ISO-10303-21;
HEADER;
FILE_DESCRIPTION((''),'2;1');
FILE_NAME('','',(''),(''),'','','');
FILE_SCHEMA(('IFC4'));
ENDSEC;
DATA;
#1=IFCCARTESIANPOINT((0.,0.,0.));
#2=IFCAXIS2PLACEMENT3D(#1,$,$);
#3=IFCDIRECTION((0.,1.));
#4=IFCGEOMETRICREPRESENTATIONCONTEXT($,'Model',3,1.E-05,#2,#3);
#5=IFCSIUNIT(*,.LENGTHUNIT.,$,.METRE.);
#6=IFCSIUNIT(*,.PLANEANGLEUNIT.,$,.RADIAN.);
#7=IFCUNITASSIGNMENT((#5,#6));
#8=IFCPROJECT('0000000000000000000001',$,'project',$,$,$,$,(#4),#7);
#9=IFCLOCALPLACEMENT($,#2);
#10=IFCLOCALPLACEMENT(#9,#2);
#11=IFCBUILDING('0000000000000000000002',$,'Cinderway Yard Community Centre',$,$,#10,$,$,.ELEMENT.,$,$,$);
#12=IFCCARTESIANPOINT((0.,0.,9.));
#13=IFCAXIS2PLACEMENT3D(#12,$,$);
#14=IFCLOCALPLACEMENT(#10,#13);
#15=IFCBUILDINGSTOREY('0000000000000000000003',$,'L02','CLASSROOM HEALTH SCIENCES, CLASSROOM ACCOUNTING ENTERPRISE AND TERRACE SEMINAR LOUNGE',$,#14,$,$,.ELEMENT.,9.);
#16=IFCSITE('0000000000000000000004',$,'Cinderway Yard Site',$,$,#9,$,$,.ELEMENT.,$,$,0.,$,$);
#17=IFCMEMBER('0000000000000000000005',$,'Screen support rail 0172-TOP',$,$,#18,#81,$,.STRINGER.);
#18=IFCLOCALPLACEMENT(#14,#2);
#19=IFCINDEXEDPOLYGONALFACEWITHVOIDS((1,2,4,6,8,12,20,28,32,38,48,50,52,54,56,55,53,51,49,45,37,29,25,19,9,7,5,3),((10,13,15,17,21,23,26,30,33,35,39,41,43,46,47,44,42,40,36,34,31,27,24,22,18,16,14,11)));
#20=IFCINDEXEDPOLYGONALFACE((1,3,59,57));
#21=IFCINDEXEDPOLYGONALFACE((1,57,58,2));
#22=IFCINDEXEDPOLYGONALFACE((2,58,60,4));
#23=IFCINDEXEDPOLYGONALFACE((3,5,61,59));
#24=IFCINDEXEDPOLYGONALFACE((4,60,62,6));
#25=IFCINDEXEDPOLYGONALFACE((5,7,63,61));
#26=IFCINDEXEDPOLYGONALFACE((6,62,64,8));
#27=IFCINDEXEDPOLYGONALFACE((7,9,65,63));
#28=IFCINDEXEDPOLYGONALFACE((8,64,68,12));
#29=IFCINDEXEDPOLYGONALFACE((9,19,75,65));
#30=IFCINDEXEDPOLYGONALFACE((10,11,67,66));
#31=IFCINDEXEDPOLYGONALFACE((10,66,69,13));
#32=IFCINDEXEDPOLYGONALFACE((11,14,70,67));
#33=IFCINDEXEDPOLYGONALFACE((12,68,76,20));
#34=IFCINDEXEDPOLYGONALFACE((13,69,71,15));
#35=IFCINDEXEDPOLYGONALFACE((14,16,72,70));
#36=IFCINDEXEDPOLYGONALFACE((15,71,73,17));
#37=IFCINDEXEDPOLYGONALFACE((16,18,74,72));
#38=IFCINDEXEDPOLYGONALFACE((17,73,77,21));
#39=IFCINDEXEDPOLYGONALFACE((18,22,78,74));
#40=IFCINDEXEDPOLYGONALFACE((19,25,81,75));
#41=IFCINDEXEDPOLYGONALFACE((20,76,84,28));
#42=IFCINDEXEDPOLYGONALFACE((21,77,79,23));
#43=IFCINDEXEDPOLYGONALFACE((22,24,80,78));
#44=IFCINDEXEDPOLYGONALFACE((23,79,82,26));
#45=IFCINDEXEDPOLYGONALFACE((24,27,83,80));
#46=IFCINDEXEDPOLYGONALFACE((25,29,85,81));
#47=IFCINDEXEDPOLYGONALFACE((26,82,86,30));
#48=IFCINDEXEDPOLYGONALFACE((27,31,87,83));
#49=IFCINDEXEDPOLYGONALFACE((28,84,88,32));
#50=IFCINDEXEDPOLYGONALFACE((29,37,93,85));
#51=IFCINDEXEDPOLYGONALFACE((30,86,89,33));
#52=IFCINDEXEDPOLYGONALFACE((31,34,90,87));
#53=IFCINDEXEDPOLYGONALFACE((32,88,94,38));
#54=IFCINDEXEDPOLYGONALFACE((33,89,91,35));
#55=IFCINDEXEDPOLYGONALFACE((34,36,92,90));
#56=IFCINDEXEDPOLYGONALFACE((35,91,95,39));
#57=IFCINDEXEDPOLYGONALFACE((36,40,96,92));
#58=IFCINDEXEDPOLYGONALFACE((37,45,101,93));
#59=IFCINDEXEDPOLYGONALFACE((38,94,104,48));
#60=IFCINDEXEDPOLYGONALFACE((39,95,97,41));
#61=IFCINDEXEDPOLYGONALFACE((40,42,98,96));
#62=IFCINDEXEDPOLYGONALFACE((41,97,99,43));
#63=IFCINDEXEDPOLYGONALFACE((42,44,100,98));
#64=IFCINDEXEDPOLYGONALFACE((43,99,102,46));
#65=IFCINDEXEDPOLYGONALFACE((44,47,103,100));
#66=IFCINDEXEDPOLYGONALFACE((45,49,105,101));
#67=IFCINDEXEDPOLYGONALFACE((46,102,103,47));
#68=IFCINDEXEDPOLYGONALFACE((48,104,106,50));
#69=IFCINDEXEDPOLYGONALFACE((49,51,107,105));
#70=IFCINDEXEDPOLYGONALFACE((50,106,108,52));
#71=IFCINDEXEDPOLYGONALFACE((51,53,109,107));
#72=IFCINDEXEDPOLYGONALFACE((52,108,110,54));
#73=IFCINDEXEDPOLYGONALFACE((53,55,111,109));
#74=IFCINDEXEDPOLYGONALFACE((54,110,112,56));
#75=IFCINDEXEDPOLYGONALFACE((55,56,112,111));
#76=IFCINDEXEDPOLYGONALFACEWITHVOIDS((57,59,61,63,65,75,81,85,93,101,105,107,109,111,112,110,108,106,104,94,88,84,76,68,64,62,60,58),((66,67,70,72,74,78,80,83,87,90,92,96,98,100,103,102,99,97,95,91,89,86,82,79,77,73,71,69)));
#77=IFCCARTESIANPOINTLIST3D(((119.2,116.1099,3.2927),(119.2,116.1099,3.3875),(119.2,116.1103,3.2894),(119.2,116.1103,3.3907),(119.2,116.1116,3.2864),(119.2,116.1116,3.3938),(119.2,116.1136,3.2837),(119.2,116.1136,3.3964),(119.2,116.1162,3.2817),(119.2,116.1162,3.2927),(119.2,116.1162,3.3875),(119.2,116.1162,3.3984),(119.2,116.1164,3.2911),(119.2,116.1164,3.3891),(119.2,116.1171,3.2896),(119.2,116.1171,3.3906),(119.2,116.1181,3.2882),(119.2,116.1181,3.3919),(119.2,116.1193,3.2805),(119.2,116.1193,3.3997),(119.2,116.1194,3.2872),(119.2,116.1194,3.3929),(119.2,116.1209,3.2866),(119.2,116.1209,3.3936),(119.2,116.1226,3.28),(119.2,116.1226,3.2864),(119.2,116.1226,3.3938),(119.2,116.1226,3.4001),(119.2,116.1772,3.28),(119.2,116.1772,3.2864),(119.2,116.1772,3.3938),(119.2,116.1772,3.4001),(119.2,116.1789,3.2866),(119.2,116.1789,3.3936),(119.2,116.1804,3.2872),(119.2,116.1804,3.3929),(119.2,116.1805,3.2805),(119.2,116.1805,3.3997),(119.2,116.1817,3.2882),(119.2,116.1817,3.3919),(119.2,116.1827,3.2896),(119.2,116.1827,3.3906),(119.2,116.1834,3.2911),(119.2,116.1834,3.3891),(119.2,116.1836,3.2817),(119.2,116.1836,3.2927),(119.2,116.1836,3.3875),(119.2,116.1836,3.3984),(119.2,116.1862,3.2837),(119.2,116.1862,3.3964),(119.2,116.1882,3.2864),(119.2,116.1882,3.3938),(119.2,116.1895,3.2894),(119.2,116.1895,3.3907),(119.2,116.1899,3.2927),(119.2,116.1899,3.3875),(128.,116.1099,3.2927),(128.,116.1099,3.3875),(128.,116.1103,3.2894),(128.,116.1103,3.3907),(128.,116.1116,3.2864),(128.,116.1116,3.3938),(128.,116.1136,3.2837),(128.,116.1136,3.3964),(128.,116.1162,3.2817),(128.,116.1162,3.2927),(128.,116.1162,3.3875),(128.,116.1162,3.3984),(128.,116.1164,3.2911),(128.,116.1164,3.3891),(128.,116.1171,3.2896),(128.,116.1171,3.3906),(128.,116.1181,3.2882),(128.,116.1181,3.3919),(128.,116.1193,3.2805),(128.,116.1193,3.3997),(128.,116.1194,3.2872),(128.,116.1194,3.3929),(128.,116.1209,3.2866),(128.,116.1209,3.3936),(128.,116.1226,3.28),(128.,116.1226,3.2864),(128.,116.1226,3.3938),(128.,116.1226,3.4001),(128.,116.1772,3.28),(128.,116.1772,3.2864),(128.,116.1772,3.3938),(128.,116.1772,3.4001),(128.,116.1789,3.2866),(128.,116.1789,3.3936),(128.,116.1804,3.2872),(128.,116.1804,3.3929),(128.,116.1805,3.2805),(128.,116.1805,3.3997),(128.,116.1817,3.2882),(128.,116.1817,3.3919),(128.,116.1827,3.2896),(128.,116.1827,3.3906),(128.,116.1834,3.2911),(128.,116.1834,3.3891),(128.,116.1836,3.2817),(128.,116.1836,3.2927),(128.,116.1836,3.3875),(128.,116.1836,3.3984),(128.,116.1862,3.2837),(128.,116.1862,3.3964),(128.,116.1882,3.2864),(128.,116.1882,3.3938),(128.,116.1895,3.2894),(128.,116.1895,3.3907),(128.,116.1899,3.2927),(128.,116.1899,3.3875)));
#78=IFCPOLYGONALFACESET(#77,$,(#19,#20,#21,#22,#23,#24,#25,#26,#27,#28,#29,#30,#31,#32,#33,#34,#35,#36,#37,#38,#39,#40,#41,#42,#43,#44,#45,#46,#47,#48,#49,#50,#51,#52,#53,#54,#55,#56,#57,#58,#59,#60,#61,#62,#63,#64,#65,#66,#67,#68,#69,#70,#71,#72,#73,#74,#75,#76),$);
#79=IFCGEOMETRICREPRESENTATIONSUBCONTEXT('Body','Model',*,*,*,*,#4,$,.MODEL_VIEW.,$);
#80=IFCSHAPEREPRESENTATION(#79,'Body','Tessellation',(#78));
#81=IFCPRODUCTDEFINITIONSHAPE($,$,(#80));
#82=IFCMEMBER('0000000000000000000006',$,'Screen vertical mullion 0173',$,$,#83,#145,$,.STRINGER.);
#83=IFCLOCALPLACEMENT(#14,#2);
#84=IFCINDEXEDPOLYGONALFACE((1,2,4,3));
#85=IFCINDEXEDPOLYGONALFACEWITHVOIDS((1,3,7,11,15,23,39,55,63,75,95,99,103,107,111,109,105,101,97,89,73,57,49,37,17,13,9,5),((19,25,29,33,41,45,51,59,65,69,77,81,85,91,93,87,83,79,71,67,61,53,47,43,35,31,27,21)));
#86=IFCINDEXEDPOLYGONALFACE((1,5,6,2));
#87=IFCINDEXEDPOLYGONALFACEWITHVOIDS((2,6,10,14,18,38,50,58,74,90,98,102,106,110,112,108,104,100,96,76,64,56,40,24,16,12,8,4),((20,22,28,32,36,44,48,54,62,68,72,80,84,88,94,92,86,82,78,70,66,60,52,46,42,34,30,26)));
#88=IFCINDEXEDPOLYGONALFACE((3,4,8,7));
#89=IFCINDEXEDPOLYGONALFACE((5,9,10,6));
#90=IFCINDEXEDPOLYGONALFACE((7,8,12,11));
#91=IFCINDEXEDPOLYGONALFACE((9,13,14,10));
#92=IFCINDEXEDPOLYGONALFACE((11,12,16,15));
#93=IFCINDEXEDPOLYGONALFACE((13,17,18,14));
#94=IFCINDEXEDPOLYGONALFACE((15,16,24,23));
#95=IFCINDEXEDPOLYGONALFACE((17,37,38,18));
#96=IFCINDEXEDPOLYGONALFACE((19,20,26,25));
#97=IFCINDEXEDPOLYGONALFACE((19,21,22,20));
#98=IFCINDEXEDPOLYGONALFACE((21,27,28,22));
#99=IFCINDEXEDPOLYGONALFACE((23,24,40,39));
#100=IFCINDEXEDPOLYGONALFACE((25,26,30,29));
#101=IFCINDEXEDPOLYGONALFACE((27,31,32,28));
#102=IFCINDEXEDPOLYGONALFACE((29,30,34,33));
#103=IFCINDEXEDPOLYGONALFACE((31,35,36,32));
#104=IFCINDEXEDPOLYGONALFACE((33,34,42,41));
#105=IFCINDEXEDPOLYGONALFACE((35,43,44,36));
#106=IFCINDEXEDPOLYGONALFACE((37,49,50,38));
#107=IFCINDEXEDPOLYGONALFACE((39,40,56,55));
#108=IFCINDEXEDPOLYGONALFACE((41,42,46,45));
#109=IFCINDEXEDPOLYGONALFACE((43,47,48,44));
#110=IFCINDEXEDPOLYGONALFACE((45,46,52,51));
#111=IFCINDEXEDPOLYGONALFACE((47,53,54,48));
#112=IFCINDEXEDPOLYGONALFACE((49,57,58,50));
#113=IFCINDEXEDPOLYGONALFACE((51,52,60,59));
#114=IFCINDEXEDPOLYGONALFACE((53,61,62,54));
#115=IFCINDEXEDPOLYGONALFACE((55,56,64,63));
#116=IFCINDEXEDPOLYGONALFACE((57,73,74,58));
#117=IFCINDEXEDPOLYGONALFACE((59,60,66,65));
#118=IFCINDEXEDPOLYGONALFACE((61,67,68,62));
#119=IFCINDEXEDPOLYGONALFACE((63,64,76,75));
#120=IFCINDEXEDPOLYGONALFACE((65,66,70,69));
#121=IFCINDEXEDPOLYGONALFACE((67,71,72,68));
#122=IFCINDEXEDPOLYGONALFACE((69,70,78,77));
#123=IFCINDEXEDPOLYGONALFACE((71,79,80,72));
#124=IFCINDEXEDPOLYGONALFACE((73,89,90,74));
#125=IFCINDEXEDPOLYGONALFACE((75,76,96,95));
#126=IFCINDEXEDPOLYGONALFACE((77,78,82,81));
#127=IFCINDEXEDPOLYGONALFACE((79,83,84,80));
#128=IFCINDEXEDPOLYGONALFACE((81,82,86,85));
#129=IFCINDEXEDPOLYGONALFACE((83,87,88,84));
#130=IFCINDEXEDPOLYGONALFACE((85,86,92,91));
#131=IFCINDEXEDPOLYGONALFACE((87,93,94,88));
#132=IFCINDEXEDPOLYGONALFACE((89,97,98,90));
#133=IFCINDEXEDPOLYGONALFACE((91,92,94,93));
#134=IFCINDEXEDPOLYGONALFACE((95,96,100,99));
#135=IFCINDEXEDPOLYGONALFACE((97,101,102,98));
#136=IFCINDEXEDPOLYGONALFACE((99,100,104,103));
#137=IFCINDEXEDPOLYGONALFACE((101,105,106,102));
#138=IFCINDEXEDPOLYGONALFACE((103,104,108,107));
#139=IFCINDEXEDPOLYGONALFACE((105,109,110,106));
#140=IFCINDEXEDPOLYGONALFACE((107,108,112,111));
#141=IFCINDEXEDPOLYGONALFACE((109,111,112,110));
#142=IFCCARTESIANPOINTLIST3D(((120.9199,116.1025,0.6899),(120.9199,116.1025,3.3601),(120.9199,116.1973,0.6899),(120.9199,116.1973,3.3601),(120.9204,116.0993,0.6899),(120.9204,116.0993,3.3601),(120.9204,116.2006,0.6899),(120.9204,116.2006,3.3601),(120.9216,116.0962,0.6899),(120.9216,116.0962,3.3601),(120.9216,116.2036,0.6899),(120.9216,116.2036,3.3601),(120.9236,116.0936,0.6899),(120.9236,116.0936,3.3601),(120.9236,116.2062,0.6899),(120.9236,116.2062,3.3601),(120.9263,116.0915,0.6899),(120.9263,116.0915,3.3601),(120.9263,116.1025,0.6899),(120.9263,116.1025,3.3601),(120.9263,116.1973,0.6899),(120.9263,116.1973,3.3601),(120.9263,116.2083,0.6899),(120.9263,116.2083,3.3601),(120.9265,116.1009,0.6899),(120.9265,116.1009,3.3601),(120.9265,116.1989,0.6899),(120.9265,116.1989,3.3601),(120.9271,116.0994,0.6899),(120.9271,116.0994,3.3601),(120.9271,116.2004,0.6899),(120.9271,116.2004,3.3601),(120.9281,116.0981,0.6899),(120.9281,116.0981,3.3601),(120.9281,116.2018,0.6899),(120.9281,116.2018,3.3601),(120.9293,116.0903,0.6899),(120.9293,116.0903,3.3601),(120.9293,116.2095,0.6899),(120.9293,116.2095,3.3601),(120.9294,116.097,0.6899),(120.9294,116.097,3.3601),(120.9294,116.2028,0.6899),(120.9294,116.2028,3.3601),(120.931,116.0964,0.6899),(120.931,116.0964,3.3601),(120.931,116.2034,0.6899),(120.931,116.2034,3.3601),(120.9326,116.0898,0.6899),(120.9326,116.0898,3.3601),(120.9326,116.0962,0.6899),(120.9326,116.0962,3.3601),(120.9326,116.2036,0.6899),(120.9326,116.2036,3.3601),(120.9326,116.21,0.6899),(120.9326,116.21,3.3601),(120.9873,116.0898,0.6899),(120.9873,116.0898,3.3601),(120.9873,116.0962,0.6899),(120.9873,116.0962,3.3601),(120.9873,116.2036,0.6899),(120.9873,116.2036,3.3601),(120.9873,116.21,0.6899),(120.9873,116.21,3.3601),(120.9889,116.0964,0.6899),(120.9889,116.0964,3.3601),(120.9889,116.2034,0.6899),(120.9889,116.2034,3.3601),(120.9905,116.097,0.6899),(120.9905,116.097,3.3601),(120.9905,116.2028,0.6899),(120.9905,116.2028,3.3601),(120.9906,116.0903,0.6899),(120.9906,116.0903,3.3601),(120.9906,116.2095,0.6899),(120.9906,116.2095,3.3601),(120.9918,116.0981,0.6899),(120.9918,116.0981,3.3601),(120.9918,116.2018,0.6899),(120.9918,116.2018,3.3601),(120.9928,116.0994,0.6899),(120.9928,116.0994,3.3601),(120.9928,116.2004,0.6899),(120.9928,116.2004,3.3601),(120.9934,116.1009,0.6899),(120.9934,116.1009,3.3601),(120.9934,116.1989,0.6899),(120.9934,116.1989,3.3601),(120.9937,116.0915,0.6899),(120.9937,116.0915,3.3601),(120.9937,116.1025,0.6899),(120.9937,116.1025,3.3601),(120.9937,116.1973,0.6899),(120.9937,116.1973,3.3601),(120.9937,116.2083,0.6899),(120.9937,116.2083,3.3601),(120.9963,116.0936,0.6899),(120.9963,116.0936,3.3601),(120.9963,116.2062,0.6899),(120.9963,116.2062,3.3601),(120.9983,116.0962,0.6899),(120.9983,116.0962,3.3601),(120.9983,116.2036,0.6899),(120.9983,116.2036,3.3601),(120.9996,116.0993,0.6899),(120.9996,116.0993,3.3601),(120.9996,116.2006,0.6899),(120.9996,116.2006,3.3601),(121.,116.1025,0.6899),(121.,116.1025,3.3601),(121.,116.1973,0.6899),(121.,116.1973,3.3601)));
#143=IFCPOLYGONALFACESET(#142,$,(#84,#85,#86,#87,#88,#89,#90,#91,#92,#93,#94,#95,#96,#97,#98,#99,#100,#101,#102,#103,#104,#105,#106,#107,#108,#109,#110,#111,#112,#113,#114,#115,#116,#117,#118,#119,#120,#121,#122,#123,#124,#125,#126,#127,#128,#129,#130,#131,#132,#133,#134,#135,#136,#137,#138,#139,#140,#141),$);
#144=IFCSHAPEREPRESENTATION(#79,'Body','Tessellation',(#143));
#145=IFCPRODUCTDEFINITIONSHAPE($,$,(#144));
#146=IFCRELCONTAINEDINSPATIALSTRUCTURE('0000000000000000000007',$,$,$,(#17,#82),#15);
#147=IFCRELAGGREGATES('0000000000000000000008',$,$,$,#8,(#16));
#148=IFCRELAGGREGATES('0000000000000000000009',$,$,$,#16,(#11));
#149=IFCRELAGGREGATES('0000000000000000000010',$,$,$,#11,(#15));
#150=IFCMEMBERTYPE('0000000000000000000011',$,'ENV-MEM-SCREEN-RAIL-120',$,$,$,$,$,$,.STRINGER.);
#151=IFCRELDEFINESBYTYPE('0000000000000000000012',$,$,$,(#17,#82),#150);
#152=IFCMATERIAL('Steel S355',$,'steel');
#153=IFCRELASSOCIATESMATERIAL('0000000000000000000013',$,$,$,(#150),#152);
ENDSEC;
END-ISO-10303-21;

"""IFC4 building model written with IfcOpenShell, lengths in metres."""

from ifc_helpers import new_model, si_unit, direction, frame, origin, origin_2d, place, context, subcontext, project, spatial, hollow_rectangle, extrude, material, material_profile, profile_set, type_object, element, save


model = new_model("IFC4")

# Units and contexts
model_context = context("Model", 3, precision=1e-05, world=origin(), true_north=direction((0.0, 1.0)))
body_context = subcontext(model_context, "Body", "Model", "MODEL_VIEW")
ifc_project = project(units=[si_unit("LENGTHUNIT", "METRE"), si_unit("PLANEANGLEUNIT", "RADIAN")], contexts=[model_context])

# Site, building, storey
site_placement = place(None, origin())
site = spatial("IfcSite", under=ifc_project, at=site_placement, Name="Cinderway Yard Site", CompositionType="ELEMENT", RefElevation=0.0)
building_placement = place(site_placement, origin())
building = spatial("IfcBuilding", under=site, at=building_placement, Name="Cinderway Yard Community Centre", CompositionType="ELEMENT")
storey_placement = place(building_placement, frame((0.0, 0.0, 9.0)))
storey = spatial("IfcBuildingStorey", under=building, at=storey_placement, Name="L02", Description="CLASSROOM HEALTH SCIENCES, CLASSROOM ACCOUNTING ENTERPRISE AND TERRACE SEMINAR LOUNGE", CompositionType="ELEMENT", Elevation=9.0)

# Members
ifc_material_1 = material(Name="Steel S355", Category="steel")
ifc_material_profile_1 = material_profile(ifc_material_1, hollow_rectangle(XDim=0.0801, YDim=0.1201, WallThickness=0.0063, InnerFilletRadius=0.0063, OuterFilletRadius=0.0127, at=origin_2d()), Name="Steel S355")
ifc_profile_set_1 = profile_set([ifc_material_profile_1], Name="Steel S355")
member_type_1 = type_object("IfcMemberType", Name="ENV-MEM-SCREEN-RAIL-120", PredefinedType="STRINGER", material=ifc_profile_set_1)
for number, where, z_axis, x_axis, name in (
    (1, (119.2, 116.1499, 3.3401), (1.0, 0.0, 0.0), (0.0, 1.0, 0.0), "Screen support rail 0172-TOP"),
):
    element("IfcMember", number, at=place(storey_placement, frame(where, z_axis=z_axis, x_axis=x_axis)), inside=storey, type_object=member_type_1, Name=name, PredefinedType="STRINGER", context=body_context, shape_type="SweptSolid", body=[
        extrude(hollow_rectangle(XDim=0.0801, YDim=0.1201, WallThickness=0.0063, InnerFilletRadius=0.0063, OuterFilletRadius=0.0127, at=origin_2d()), origin(), (0.0, 0.0, 1.0), 8.8),
    ])
for number, where, z_axis, x_axis, name in (
    (2, (120.96, 116.1499, 0.6899), (0.0, 0.0, 1.0), (1.0, 0.0, 0.0), "Screen vertical mullion 0173"),
):
    element("IfcMember", number, at=place(storey_placement, frame(where, z_axis=z_axis, x_axis=x_axis)), inside=storey, type_object=member_type_1, Name=name, PredefinedType="STRINGER", context=body_context, shape_type="SweptSolid", body=[
        extrude(hollow_rectangle(XDim=0.0801, YDim=0.1201, WallThickness=0.0063, InnerFilletRadius=0.0063, OuterFilletRadius=0.0127, at=origin_2d()), origin(), (0.0, 0.0, 1.0), 2.6702),
    ])

save(model, "model.ifc")
